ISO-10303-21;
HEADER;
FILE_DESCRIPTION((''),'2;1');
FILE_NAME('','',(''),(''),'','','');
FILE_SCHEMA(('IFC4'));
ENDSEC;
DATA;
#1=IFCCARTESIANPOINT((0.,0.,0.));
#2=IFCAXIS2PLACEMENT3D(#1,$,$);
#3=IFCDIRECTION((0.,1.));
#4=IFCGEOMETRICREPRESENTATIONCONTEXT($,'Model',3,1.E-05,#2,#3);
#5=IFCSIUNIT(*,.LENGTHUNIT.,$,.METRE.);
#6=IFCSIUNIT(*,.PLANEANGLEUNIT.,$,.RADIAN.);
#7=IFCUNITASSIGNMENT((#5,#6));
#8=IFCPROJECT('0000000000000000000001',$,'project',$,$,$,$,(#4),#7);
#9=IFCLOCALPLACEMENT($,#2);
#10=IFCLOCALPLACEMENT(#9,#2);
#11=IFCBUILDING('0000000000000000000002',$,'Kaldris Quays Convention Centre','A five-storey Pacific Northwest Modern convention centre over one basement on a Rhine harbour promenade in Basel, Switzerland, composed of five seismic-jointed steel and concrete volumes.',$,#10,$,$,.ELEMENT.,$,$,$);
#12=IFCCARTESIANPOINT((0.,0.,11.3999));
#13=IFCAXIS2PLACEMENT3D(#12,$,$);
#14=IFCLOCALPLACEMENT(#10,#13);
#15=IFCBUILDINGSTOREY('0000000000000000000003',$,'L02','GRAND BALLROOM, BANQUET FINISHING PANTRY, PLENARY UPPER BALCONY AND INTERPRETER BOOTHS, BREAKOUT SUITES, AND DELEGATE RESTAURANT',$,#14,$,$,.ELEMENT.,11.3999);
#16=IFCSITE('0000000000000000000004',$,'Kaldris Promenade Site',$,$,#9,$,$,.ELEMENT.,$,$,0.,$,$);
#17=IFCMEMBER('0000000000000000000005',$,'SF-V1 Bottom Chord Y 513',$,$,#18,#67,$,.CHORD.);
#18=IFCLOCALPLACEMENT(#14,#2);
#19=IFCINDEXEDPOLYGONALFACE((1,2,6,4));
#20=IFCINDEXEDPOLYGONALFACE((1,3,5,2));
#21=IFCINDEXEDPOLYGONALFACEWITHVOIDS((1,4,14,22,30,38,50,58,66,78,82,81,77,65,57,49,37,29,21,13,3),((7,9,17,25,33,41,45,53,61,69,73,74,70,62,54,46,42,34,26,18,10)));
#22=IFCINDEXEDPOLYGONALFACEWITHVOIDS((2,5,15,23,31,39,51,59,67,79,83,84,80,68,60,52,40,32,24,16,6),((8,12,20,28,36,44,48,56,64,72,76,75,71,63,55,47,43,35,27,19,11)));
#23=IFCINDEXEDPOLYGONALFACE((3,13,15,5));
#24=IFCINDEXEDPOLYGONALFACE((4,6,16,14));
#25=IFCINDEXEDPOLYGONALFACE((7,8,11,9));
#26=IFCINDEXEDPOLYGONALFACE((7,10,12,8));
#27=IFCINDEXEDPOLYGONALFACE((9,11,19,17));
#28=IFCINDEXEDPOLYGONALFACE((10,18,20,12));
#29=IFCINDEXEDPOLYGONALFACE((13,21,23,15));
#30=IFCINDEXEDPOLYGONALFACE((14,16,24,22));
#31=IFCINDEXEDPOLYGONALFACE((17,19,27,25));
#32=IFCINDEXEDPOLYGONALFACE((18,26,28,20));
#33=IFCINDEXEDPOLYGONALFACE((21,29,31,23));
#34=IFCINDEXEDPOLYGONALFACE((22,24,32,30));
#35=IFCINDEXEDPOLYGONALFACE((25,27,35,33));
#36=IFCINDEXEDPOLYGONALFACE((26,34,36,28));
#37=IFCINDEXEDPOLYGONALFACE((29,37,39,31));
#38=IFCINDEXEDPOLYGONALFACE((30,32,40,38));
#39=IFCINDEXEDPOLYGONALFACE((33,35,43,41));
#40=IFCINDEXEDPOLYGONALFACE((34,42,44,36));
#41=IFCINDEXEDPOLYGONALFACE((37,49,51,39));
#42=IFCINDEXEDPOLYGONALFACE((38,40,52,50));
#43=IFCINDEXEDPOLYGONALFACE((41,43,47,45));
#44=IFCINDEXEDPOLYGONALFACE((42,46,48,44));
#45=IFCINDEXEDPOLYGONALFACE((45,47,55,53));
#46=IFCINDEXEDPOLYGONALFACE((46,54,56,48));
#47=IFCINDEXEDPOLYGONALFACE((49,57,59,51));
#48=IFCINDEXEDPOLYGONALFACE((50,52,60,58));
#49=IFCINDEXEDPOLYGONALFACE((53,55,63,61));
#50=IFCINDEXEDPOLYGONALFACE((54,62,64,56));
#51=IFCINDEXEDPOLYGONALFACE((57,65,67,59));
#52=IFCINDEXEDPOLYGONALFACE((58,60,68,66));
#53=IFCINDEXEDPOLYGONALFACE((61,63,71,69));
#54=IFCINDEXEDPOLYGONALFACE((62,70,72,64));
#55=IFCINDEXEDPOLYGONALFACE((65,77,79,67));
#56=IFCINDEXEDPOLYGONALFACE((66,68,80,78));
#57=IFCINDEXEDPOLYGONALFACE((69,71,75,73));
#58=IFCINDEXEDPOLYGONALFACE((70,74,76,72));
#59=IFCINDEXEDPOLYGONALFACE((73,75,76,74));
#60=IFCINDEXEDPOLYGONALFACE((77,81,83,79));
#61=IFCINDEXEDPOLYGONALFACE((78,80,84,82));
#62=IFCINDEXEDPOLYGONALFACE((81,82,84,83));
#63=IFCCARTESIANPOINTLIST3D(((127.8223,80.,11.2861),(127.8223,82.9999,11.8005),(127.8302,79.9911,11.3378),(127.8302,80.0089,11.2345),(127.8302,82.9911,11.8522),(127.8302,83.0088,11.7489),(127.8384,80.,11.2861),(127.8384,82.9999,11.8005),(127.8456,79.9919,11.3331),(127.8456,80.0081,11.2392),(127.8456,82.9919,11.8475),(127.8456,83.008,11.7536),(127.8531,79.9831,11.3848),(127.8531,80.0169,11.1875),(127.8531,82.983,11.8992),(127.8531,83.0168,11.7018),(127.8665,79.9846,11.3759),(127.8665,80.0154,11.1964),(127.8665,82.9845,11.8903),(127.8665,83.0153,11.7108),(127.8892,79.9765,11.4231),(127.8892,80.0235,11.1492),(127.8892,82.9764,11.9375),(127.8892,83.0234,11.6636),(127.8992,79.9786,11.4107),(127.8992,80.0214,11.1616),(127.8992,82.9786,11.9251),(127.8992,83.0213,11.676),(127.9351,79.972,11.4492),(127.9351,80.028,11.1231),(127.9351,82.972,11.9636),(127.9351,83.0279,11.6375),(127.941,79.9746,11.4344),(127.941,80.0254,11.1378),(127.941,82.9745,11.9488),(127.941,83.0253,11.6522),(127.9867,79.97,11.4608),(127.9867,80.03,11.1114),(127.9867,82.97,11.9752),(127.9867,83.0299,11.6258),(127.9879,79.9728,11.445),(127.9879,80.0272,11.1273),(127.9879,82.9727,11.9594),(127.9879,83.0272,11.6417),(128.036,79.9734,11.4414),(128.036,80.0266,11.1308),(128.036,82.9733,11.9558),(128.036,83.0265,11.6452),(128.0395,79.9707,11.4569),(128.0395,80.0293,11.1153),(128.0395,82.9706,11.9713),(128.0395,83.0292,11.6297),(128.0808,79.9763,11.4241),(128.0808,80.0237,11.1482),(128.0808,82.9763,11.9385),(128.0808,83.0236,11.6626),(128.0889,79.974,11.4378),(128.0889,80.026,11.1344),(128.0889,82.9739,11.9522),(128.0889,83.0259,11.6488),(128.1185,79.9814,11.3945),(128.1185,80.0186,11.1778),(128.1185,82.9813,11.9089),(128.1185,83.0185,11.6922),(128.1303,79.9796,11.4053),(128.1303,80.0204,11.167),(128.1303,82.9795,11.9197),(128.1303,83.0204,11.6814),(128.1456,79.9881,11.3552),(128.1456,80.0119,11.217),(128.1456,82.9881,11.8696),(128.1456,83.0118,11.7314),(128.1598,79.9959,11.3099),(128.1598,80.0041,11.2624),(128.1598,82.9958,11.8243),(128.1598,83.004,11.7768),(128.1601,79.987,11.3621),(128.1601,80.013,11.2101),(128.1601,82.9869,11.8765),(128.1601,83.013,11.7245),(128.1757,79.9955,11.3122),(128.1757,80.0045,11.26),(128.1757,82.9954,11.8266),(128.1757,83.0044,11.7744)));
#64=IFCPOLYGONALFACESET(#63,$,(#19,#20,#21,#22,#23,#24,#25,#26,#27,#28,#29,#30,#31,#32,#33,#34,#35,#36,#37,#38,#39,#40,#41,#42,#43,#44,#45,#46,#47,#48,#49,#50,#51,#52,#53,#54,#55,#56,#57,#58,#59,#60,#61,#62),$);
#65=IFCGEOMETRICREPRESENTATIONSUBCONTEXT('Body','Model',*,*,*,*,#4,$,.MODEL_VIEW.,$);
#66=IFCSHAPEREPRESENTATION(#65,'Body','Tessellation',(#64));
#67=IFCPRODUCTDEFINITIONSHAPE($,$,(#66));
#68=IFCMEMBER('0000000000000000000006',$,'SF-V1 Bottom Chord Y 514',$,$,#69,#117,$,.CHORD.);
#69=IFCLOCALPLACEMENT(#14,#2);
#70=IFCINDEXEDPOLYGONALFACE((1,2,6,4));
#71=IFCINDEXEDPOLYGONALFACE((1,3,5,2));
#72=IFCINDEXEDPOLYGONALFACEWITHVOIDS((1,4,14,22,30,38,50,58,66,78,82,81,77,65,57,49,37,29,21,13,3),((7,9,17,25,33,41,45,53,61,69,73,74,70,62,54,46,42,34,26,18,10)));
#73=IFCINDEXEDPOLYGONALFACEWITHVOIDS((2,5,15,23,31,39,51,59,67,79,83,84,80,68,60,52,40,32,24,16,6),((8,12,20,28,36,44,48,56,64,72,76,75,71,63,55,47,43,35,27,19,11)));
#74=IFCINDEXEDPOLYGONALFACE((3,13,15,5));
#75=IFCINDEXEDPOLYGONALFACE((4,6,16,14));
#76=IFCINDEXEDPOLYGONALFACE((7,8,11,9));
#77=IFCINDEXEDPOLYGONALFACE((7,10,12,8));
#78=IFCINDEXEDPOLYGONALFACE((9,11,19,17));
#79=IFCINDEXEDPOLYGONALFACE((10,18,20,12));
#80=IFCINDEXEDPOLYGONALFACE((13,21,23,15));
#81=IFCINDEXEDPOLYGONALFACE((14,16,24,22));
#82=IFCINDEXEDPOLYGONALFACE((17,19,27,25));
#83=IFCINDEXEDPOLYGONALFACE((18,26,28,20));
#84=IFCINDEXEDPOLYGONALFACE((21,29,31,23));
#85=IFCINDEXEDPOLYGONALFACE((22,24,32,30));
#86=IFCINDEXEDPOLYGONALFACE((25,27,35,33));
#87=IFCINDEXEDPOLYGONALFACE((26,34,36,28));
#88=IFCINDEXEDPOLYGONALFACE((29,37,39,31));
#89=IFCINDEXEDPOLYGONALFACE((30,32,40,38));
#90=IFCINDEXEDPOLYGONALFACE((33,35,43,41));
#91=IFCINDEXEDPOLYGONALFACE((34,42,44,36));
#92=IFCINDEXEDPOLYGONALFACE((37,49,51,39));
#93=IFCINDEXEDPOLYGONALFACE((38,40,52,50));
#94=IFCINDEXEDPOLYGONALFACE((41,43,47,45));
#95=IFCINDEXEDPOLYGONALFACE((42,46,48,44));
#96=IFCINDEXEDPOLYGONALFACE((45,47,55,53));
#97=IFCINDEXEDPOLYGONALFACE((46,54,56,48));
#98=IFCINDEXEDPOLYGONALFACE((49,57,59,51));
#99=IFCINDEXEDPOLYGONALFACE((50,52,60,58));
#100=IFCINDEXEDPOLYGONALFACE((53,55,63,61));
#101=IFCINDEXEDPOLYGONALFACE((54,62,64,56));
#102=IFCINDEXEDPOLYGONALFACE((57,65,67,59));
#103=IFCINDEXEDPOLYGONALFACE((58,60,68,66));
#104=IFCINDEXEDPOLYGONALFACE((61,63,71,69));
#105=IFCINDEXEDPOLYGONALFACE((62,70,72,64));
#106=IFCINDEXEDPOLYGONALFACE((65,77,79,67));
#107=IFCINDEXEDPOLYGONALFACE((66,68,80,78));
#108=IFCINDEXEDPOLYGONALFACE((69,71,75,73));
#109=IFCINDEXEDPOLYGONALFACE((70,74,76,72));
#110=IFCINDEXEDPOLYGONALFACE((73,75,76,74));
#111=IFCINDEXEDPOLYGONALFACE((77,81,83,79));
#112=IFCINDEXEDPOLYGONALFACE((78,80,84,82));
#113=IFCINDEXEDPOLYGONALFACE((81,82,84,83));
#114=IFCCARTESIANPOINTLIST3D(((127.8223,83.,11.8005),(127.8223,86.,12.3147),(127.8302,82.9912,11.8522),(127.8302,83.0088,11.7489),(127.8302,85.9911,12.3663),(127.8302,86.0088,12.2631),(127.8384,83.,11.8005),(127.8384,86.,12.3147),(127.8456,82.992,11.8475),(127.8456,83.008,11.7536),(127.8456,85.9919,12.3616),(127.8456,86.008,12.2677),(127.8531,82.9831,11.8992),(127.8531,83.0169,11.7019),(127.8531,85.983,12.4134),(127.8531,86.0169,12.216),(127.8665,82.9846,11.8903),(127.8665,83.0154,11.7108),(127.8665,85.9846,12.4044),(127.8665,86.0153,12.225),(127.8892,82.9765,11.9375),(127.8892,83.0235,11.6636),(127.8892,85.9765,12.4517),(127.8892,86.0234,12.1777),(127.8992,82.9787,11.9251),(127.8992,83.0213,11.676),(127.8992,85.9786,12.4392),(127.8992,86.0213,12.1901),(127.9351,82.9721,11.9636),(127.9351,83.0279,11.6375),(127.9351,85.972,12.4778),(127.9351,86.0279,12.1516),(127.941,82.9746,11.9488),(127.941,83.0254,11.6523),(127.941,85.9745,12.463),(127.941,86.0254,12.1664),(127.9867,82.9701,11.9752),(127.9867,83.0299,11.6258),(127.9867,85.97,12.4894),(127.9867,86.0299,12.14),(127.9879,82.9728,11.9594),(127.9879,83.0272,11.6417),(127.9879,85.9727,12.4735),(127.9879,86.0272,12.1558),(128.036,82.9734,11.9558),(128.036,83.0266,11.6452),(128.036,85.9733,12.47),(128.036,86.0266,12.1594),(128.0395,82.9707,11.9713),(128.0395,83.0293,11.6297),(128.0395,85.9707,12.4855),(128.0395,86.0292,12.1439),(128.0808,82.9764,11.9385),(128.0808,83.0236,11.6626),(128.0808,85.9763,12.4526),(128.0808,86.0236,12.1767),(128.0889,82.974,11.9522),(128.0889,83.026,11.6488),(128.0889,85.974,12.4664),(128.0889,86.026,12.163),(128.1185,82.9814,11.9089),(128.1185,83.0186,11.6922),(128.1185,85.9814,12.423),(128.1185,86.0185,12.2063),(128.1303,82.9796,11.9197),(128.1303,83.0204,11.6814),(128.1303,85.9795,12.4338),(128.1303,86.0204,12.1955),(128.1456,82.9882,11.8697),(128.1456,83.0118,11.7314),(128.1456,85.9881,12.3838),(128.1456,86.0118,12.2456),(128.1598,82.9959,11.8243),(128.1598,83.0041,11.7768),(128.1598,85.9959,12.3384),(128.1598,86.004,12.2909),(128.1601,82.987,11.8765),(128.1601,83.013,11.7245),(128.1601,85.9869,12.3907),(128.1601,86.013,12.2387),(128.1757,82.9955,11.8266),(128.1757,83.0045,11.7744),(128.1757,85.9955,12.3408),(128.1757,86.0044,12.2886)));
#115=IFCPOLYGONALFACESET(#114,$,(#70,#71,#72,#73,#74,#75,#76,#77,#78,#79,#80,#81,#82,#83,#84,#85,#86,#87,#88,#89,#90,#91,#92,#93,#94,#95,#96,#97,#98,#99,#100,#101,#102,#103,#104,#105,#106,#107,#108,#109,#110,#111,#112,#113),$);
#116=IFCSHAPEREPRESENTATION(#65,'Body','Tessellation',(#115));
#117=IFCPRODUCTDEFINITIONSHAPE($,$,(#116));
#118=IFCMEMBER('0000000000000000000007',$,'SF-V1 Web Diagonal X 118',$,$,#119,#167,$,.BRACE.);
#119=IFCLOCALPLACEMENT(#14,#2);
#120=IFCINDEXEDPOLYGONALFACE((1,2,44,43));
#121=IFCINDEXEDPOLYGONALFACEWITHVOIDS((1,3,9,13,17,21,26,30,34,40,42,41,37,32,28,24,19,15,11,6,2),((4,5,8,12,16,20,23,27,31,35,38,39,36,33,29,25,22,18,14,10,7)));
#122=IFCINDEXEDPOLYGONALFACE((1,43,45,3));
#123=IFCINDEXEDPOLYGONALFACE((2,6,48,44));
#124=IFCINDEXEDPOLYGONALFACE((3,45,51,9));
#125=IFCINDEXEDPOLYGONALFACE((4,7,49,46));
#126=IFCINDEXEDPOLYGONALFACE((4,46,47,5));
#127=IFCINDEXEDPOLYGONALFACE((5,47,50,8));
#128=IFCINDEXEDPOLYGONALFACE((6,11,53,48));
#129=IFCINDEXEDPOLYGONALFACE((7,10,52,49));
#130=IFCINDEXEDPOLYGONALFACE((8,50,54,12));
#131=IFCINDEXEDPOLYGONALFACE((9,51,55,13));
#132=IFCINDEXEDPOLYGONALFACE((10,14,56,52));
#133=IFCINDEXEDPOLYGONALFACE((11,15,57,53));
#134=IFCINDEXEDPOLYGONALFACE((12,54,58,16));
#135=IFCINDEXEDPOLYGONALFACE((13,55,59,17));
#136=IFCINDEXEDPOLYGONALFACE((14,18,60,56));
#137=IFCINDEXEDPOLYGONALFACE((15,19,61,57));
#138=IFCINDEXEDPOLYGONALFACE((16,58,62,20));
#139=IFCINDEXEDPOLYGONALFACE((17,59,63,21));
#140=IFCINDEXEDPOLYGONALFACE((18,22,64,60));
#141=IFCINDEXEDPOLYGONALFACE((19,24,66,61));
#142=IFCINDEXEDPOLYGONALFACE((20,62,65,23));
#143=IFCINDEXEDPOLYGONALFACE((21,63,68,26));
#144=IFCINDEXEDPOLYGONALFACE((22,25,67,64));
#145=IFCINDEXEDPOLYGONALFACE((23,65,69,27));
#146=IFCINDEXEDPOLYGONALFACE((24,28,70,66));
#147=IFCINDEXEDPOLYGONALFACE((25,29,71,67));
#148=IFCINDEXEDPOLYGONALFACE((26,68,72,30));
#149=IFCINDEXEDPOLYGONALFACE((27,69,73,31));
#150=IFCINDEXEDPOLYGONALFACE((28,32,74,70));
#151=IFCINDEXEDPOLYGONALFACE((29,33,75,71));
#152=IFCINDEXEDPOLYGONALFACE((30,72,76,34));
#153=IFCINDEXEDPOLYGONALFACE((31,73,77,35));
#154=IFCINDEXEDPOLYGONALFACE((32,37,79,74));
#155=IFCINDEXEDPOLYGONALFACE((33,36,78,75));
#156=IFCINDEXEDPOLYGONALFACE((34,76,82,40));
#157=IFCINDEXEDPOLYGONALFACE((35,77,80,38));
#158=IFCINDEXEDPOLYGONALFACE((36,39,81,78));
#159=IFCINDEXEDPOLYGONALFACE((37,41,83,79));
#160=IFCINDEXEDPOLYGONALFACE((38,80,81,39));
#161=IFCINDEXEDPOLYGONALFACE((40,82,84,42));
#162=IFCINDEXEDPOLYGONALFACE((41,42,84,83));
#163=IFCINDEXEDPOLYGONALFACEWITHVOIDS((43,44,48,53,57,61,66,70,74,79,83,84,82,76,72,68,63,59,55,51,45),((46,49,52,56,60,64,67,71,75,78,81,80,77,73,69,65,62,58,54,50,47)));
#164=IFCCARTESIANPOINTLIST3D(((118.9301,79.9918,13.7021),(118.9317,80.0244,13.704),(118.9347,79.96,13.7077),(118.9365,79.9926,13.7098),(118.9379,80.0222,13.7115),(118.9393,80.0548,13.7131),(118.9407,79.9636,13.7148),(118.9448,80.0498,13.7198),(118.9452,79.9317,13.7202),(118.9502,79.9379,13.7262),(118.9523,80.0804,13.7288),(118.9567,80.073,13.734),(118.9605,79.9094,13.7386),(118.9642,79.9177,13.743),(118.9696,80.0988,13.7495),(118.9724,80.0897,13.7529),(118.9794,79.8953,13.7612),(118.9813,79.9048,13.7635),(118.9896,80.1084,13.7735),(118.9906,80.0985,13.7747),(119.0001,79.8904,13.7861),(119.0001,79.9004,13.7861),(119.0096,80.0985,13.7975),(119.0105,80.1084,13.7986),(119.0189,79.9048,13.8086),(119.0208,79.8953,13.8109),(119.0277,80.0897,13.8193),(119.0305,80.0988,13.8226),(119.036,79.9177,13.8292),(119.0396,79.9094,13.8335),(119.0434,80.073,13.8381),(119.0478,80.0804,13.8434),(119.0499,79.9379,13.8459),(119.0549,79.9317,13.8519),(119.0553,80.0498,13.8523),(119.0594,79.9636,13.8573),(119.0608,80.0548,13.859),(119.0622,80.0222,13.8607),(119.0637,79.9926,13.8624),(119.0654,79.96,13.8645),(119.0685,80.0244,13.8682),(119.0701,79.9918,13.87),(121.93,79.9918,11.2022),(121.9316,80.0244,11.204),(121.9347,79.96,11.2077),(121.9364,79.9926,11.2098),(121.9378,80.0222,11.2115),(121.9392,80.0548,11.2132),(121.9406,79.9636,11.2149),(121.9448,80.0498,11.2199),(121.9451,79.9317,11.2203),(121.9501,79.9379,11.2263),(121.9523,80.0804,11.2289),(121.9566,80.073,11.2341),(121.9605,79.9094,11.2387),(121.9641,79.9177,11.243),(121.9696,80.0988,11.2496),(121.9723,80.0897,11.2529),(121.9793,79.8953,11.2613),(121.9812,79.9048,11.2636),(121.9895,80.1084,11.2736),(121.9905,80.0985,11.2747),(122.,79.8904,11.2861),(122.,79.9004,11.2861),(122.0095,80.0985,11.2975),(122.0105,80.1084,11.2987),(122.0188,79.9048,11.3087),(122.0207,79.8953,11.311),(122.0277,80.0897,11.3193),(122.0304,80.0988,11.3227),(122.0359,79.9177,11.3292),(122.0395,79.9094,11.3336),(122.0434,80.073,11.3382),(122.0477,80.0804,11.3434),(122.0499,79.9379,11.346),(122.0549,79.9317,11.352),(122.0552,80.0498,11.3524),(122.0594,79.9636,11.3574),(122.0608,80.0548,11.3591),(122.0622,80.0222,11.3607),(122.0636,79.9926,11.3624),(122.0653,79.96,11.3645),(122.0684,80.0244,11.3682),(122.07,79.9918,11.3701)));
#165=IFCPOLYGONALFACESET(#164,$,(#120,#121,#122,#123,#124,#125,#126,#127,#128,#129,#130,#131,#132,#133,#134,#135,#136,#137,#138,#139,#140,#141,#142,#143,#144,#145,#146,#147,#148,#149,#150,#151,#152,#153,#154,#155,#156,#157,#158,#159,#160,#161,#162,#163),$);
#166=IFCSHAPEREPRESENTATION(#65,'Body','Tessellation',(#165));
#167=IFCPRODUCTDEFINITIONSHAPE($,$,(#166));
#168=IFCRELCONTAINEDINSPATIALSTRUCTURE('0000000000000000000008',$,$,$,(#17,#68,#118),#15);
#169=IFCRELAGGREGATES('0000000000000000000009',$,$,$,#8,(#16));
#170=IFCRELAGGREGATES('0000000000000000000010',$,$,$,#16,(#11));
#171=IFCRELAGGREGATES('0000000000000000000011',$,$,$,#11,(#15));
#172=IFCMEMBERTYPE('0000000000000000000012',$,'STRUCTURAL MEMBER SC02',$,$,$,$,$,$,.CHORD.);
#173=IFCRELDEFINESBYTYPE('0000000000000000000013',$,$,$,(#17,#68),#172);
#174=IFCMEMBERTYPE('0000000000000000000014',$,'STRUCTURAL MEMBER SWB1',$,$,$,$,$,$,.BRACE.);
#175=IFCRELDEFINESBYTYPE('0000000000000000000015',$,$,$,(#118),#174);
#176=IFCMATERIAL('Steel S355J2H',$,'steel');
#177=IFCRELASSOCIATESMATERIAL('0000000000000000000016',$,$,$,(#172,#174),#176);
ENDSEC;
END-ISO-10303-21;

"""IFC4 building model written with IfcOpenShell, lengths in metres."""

from ifc_helpers import new_model, si_unit, direction, frame, origin, origin_2d, place, context, subcontext, project, spatial, hollow_circle, extrude, material, material_profile, profile_set, type_object, element, save


model = new_model("IFC4")

# Units and contexts
model_context = context("Model", 3, precision=1e-05, world=origin(), true_north=direction((0.0, 1.0)))
body_context = subcontext(model_context, "Body", "Model", "MODEL_VIEW")
ifc_project = project(units=[si_unit("LENGTHUNIT", "METRE"), si_unit("PLANEANGLEUNIT", "RADIAN")], contexts=[model_context])

# Site, building, storey
site_placement = place(None, origin())
site = spatial("IfcSite", under=ifc_project, at=site_placement, Name="Kaldris Promenade Site", CompositionType="ELEMENT", RefElevation=0.0)
building_placement = place(site_placement, origin())
building = spatial("IfcBuilding", under=site, at=building_placement, Name="Kaldris Quays Convention Centre", Description="A five-storey Pacific Northwest Modern convention centre over one basement on a Rhine harbour promenade in Basel, Switzerland, composed of five seismic-jointed steel and concrete volumes.", CompositionType="ELEMENT")
storey_placement = place(building_placement, frame((0.0, 0.0, 11.3999)))
storey = spatial("IfcBuildingStorey", under=building, at=storey_placement, Name="L02", Description="GRAND BALLROOM, BANQUET FINISHING PANTRY, PLENARY UPPER BALCONY AND INTERPRETER BOOTHS, BREAKOUT SUITES, AND DELEGATE RESTAURANT", CompositionType="ELEMENT", Elevation=11.3999)

# Members
ifc_material_1 = material(Name="Steel S355J2H", Category="steel")
ifc_material_profile_1 = material_profile(ifc_material_1, hollow_circle(Radius=0.1777, WallThickness=0.0161, at=origin_2d()), Name="CHS 355.6x16")
ifc_profile_set_1 = profile_set([ifc_material_profile_1], Name="Steel S355J2H")
member_type_1 = type_object("IfcMemberType", Name="STRUCTURAL MEMBER SC02", PredefinedType="CHORD", material=ifc_profile_set_1)
for number, where, z_axis, x_axis, name in (
    (1, (128.0, 80.0, 11.2861), (0.0, 0.985616, 0.169002), (-1.0, 0.0, 0.0), "SF-V1 Bottom Chord Y 513"),
    (2, (128.0, 83.0, 11.8005), (0.0, 0.985629, 0.168924), (-1.0, 0.0, 0.0), "SF-V1 Bottom Chord Y 514"),
):
    element("IfcMember", number, at=place(storey_placement, frame(where, z_axis=z_axis, x_axis=x_axis)), inside=storey, type_object=member_type_1, Name=name, PredefinedType="CHORD", context=body_context, shape_type="SweptSolid", body=[
        extrude(hollow_circle(Radius=0.1777, WallThickness=0.0161, at=origin_2d()), origin(), (0.0, 0.0, 1.0), 3.0437),
    ])
ifc_material_profile_2 = material_profile(ifc_material_1, hollow_circle(Radius=0.1096, WallThickness=0.01, at=origin_2d()), Name="CHS 219.1x10")
ifc_profile_set_2 = profile_set([ifc_material_profile_2], Name="Steel S355J2H")
member_type_2 = type_object("IfcMemberType", Name="STRUCTURAL MEMBER SWB1", PredefinedType="BRACE", material=ifc_profile_set_2)
for number, where, z_axis, x_axis, name in (
    (3, (122.0, 80.0, 11.2861), (-0.768221, 0.0, 0.640184), (0.0, -1.0, 0.0), "SF-V1 Web Diagonal X 118"),
):
    element("IfcMember", number, at=place(storey_placement, frame(where, z_axis=z_axis, x_axis=x_axis)), inside=storey, type_object=member_type_2, Name=name, PredefinedType="BRACE", context=body_context, shape_type="SweptSolid", body=[
        extrude(hollow_circle(Radius=0.1096, WallThickness=0.01, at=origin_2d()), origin(), (0.0, 0.0, 1.0), 3.905),
    ])

save(model, "model.ifc")
